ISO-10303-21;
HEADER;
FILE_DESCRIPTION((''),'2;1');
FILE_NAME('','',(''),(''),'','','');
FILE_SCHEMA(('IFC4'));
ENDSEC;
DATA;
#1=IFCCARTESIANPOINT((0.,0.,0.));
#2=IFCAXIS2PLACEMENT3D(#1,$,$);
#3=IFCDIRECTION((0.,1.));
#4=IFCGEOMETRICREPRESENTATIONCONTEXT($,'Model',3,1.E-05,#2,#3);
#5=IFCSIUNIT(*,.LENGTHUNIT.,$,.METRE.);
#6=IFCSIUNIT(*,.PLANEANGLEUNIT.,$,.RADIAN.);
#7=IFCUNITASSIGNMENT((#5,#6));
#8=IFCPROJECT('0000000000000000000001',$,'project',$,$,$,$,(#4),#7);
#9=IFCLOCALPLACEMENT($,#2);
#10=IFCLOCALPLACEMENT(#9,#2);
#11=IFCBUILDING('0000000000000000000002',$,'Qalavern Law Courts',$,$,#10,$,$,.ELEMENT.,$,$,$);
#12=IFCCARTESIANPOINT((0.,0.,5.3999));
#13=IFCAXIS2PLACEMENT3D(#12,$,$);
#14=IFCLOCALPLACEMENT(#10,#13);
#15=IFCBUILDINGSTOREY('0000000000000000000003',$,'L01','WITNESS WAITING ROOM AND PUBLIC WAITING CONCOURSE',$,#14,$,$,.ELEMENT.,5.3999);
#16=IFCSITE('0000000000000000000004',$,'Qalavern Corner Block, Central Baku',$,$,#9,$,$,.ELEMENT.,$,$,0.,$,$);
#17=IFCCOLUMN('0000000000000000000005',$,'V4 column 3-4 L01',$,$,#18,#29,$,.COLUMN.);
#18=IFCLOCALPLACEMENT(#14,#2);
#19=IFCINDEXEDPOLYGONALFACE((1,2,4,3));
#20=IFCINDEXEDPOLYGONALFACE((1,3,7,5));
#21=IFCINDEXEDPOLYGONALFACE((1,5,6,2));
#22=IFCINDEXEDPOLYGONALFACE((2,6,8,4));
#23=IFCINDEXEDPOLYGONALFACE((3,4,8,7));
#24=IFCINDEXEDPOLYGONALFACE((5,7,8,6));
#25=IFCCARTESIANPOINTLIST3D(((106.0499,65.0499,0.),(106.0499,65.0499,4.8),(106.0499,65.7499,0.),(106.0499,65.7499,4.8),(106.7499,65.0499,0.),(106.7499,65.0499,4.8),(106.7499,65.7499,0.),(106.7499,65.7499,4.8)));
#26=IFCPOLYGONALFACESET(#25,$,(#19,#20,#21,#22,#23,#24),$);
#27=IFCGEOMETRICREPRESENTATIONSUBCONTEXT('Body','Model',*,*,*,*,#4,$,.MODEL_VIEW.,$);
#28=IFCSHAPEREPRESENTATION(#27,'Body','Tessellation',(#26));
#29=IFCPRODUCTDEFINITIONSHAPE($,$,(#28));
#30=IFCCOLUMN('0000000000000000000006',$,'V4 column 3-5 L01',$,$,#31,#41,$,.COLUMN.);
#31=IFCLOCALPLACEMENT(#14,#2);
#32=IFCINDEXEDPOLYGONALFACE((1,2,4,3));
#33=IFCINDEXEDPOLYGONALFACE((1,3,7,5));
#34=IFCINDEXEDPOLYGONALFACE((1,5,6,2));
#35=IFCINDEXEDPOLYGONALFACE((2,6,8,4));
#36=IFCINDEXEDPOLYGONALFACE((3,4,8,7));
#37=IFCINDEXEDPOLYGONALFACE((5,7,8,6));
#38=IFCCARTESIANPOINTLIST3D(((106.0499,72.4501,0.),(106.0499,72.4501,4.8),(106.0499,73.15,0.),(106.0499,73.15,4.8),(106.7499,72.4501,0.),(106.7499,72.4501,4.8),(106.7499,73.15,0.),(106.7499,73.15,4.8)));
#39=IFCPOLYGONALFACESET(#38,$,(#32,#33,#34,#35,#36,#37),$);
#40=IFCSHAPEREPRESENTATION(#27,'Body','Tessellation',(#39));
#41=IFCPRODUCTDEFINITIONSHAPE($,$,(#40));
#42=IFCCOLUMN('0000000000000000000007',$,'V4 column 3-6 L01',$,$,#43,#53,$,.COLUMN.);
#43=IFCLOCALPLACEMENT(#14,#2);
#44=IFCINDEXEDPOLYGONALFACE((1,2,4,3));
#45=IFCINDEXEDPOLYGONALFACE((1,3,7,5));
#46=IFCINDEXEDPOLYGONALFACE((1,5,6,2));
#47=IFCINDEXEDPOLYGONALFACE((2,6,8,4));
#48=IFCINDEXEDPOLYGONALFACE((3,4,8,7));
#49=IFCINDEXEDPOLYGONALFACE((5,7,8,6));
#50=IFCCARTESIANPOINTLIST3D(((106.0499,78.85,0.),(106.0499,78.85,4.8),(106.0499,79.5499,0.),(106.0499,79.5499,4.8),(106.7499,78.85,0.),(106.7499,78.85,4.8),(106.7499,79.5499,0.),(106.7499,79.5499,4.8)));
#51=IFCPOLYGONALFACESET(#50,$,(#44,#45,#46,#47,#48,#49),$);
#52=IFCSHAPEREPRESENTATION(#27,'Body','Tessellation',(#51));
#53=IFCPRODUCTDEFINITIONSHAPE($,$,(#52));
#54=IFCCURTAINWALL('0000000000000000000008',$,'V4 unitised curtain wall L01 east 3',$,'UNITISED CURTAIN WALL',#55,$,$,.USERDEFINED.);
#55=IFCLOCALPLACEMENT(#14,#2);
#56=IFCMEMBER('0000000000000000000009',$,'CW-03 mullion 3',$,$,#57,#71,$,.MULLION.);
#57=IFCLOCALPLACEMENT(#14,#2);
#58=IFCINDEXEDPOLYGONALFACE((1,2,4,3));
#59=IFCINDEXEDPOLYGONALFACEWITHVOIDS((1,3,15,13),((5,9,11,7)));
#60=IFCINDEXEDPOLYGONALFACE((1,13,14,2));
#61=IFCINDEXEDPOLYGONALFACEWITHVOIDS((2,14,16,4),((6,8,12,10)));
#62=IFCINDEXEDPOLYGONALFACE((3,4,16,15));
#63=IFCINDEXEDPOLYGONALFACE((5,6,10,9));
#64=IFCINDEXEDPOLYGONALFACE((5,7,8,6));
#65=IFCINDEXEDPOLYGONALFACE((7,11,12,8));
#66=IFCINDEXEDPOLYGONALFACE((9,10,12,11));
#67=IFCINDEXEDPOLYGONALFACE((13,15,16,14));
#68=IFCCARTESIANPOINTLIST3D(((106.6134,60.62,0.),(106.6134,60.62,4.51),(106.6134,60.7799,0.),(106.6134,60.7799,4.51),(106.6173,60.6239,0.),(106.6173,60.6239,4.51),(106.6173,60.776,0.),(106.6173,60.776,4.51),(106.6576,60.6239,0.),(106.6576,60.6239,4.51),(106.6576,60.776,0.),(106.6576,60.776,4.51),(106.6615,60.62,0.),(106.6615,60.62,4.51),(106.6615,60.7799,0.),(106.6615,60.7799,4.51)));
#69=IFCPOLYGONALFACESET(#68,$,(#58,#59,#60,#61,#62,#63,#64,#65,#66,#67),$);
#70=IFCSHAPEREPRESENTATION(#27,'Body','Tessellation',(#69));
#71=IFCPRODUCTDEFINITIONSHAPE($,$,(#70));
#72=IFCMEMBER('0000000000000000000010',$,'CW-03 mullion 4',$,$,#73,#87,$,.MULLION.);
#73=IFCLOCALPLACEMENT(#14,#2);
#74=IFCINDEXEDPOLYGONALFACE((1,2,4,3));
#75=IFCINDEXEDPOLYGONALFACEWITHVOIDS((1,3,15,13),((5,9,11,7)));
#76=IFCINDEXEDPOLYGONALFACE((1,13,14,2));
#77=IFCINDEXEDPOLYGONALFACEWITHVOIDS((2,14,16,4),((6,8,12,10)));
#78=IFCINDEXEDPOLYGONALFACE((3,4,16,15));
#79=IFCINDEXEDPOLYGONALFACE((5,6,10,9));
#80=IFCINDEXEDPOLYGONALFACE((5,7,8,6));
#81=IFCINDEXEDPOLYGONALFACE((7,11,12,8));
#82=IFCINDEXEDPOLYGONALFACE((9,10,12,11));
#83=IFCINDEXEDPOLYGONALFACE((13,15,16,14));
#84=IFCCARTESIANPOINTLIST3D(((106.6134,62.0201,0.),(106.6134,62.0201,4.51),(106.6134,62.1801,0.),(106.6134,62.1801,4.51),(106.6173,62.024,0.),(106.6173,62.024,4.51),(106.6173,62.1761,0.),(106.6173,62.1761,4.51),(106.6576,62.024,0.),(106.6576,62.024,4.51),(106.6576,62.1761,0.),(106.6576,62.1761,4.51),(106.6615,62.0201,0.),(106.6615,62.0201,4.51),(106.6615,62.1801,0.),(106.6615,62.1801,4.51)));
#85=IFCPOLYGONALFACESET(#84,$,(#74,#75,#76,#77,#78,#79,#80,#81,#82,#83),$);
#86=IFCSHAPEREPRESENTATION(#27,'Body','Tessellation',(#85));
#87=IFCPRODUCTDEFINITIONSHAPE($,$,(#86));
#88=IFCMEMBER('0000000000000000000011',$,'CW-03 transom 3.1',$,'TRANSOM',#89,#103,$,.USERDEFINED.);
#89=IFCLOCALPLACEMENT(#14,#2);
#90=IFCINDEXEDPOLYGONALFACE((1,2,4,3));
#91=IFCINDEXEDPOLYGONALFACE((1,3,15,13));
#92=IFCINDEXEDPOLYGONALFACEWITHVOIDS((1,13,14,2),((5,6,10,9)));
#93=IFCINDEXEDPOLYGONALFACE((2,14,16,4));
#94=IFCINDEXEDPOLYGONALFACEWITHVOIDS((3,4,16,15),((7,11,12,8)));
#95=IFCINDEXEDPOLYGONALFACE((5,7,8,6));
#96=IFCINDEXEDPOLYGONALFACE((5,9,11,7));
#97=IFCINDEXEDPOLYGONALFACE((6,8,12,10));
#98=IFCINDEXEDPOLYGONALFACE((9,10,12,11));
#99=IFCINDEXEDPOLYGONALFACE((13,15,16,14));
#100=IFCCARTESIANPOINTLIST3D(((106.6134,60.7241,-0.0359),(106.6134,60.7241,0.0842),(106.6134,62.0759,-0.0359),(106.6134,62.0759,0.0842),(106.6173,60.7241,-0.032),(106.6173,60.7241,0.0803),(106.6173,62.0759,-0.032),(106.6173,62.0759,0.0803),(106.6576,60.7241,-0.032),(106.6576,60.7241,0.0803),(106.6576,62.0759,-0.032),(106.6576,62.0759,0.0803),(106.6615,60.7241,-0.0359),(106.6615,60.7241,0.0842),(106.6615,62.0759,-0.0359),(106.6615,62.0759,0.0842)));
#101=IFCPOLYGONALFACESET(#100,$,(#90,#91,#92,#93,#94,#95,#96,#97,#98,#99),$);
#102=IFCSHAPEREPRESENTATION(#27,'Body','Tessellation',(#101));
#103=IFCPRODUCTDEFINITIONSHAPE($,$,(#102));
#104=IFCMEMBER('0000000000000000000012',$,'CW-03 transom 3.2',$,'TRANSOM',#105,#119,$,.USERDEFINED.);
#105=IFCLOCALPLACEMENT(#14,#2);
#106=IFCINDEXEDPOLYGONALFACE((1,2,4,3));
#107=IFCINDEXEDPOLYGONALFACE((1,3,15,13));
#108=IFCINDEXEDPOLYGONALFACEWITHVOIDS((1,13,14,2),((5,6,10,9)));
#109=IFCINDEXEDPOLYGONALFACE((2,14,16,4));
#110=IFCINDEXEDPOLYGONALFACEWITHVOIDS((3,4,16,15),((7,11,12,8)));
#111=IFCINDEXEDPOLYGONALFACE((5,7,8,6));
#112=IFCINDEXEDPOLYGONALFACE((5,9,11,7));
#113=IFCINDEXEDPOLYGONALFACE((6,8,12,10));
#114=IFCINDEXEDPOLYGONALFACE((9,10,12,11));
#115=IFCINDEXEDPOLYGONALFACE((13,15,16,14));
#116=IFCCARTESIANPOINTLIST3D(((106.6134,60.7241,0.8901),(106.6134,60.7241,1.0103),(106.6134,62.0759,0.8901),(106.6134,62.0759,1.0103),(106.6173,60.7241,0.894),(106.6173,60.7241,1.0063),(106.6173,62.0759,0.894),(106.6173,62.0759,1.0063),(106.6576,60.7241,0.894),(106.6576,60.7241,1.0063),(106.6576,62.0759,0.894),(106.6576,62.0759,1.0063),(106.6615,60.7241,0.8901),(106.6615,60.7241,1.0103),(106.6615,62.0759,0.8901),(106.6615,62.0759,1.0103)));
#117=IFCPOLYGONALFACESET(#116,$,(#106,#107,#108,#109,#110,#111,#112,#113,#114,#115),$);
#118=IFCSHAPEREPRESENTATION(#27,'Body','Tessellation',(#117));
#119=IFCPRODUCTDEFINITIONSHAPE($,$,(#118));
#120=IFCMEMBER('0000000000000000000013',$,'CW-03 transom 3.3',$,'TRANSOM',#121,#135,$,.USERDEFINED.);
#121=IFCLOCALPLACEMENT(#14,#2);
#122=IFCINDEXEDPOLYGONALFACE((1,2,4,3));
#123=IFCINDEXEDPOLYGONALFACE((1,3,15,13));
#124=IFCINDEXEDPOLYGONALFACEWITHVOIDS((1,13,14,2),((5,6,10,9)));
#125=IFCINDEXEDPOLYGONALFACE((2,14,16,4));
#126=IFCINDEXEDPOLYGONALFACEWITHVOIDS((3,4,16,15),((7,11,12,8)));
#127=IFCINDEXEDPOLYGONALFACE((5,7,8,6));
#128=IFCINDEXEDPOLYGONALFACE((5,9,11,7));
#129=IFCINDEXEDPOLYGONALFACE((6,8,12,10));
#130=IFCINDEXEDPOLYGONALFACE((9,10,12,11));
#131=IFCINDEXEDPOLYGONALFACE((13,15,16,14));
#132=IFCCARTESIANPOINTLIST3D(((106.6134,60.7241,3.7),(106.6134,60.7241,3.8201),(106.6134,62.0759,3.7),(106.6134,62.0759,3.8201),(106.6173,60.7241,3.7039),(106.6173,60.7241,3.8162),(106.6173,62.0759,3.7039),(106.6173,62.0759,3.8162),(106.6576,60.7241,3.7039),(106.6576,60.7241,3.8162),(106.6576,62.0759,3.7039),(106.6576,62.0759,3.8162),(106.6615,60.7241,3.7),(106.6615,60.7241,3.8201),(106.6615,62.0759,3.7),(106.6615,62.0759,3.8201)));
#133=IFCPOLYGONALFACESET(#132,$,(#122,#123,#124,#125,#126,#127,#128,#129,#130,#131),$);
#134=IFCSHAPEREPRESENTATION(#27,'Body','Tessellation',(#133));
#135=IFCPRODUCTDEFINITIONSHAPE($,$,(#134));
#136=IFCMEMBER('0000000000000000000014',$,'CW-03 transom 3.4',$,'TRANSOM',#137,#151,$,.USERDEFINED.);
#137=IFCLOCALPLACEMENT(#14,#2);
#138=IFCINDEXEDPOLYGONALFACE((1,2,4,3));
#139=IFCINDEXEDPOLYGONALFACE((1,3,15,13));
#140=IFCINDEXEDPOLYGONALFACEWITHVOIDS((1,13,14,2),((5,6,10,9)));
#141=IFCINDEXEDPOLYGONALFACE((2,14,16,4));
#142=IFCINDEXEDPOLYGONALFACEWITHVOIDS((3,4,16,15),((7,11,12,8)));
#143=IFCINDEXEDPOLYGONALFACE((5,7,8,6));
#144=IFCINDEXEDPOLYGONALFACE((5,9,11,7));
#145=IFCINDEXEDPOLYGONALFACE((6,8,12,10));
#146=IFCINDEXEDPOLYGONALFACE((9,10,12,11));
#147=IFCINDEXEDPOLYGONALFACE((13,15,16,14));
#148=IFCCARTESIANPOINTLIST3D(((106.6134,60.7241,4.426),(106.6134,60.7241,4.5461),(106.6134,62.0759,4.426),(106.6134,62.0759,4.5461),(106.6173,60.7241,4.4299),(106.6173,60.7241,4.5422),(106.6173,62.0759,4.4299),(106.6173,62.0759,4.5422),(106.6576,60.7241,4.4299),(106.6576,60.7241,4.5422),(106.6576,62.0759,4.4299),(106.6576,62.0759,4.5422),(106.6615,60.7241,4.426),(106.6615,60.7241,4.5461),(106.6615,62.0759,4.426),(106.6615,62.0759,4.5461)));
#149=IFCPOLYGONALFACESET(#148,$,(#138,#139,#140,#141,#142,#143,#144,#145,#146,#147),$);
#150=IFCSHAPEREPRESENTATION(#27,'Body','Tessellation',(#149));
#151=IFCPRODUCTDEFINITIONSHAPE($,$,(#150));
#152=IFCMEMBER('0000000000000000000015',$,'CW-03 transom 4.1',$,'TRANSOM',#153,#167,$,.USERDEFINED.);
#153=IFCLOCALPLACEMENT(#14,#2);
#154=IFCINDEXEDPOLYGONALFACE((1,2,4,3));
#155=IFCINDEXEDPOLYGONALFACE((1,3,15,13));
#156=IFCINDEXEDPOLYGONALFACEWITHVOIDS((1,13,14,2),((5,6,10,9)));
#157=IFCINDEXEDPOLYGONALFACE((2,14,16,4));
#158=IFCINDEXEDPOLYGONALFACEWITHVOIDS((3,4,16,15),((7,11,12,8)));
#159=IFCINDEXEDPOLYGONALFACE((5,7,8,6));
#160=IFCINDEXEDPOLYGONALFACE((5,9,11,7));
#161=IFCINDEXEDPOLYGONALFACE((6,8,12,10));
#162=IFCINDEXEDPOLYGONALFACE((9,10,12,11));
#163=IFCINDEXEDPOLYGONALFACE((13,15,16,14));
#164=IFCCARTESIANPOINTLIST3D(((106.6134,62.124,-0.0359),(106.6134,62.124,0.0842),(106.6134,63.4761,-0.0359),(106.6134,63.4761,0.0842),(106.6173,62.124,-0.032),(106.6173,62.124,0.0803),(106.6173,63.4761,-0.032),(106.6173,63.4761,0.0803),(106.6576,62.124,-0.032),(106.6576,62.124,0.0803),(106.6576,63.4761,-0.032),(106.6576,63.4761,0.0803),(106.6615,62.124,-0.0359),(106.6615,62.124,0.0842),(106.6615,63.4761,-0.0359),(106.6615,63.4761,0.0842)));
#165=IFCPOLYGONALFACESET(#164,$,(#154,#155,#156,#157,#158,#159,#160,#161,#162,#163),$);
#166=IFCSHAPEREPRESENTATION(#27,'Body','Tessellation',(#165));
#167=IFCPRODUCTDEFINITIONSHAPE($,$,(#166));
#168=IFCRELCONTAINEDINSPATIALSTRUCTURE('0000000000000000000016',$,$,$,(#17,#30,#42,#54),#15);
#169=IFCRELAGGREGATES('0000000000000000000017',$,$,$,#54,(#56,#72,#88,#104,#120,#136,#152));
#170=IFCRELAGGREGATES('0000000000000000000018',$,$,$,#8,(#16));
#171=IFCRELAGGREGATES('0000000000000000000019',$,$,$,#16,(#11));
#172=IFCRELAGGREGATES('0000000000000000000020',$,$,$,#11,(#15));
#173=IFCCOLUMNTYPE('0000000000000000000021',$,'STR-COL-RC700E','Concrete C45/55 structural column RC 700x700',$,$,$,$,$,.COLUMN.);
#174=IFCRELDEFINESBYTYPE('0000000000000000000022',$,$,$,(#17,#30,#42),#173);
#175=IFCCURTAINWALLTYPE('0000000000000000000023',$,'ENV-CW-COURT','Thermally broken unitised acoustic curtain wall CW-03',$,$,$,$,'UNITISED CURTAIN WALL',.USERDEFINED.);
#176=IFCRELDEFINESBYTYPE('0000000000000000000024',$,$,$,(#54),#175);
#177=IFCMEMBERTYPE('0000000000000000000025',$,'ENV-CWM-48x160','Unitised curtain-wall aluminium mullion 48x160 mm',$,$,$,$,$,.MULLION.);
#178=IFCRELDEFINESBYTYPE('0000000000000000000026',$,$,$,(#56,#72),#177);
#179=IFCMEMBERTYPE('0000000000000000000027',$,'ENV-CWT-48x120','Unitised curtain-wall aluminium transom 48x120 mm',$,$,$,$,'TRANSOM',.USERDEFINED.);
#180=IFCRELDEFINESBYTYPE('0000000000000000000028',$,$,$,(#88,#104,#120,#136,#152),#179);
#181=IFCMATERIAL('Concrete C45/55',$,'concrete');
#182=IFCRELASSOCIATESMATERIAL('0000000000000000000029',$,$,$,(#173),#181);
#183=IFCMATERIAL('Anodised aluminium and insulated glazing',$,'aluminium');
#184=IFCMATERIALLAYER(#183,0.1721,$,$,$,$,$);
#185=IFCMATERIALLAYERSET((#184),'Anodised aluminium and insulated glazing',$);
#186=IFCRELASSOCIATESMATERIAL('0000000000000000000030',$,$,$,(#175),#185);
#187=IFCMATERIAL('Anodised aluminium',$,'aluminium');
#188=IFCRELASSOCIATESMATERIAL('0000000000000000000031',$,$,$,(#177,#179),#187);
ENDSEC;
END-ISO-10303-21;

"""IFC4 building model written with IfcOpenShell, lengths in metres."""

from ifc_helpers import new_model, si_unit, direction, frame, origin, origin_2d, place, context, subcontext, project, spatial, rectangle, hollow_rectangle, extrude, material, layer, layer_set, material_profile, profile_set, type_object, element, aggregate, save


model = new_model("IFC4")

# Units and contexts
model_context = context("Model", 3, precision=1e-05, world=origin(), true_north=direction((0.0, 1.0)))
body_context = subcontext(model_context, "Body", "Model", "MODEL_VIEW")
ifc_project = project(units=[si_unit("LENGTHUNIT", "METRE"), si_unit("PLANEANGLEUNIT", "RADIAN")], contexts=[model_context])

# Site, building, storey
site_placement = place(None, origin())
site = spatial("IfcSite", under=ifc_project, at=site_placement, Name="Qalavern Corner Block, Central Baku", CompositionType="ELEMENT", RefElevation=0.0)
building_placement = place(site_placement, origin())
building = spatial("IfcBuilding", under=site, at=building_placement, Name="Qalavern Law Courts", CompositionType="ELEMENT")
storey_placement = place(building_placement, frame((0.0, 0.0, 5.3999)))
storey = spatial("IfcBuildingStorey", under=building, at=storey_placement, Name="L01", Description="WITNESS WAITING ROOM AND PUBLIC WAITING CONCOURSE", CompositionType="ELEMENT", Elevation=5.3999)

# Columns
ifc_material_1 = material(Name="Concrete C45/55", Category="concrete")
ifc_material_profile_1 = material_profile(ifc_material_1, rectangle(XDim=0.7, YDim=0.7, at=origin_2d()), Name="RC 700x700")
ifc_profile_set_1 = profile_set([ifc_material_profile_1], Name="Concrete C45/55")
column_type = type_object("IfcColumnType", Name="STR-COL-RC700E", Description="Concrete C45/55 structural column RC 700x700", PredefinedType="COLUMN", material=ifc_profile_set_1)
for number, where, z_axis, x_axis, name in (
    (1, (106.3999, 65.3999, 0.0), (0.0, 0.0, 1.0), (1.0, 0.0, 0.0), "V4 column 3-4 L01"),
    (2, (106.3999, 72.8, 0.0), (0.0, 0.0, 1.0), (1.0, 0.0, 0.0), "V4 column 3-5 L01"),
    (3, (106.3999, 79.2, 0.0), (0.0, 0.0, 1.0), (1.0, 0.0, 0.0), "V4 column 3-6 L01"),
):
    element("IfcColumn", number, at=place(storey_placement, frame(where, z_axis=z_axis, x_axis=x_axis)), inside=storey, type_object=column_type, Name=name, PredefinedType="COLUMN", context=body_context, shape_type="SweptSolid", body=[
        extrude(rectangle(XDim=0.7, YDim=0.7, at=origin_2d()), origin(), (0.0, 0.0, 1.0), 4.8),
    ])

# Curtain wall, members
ifc_material_2 = material(Name="Anodised aluminium and insulated glazing", Category="aluminium")
ifc_layer_1 = layer(ifc_material_2, 0.1721)
ifc_layer_set_1 = layer_set([ifc_layer_1], Name="Anodised aluminium and insulated glazing")
curtain_wall_type = type_object("IfcCurtainWallType", Name="ENV-CW-COURT", Description="Thermally broken unitised acoustic curtain wall CW-03", ElementType="UNITISED CURTAIN WALL", PredefinedType="USERDEFINED", material=ifc_layer_set_1)
curtain_wall_placement = place(storey_placement, origin())
curtain_wall = element("IfcCurtainWall", 4, at=curtain_wall_placement, inside=storey, type_object=curtain_wall_type, Name="V4 unitised curtain wall L01 east 3", ObjectType="UNITISED CURTAIN WALL", PredefinedType="USERDEFINED")
ifc_material_3 = material(Name="Anodised aluminium", Category="aluminium")
ifc_material_profile_2 = material_profile(ifc_material_3, hollow_rectangle(XDim=0.0481, YDim=0.1599, WallThickness=0.0039, at=origin_2d()), Name="ALU MULLION 48x160")
ifc_profile_set_2 = profile_set([ifc_material_profile_2], Name="Anodised aluminium")
member_type_1 = type_object("IfcMemberType", Name="ENV-CWM-48x160", Description="Unitised curtain-wall aluminium mullion 48x160 mm", PredefinedType="MULLION", material=ifc_profile_set_2)
member_1_placement = place(storey_placement, frame((106.6375, 60.7, 0.0), z_axis=(0.0, 0.0, 1.0), x_axis=(-1.0, 0.0, 0.0)))
member_1 = element("IfcMember", 5, at=member_1_placement, type_object=member_type_1, Name="CW-03 mullion 3", PredefinedType="MULLION", context=body_context, shape_type="SweptSolid", body=[
    extrude(hollow_rectangle(XDim=0.0481, YDim=0.1599, WallThickness=0.0039, at=origin_2d()), origin(), (0.0, 0.0, 1.0), 4.51),
])
member_2_placement = place(storey_placement, frame((106.6375, 62.1001, 0.0), z_axis=(0.0, 0.0, 1.0), x_axis=(-1.0, 0.0, 0.0)))
member_2 = element("IfcMember", 6, at=member_2_placement, type_object=member_type_1, Name="CW-03 mullion 4", PredefinedType="MULLION", context=body_context, shape_type="SweptSolid", body=[
    extrude(hollow_rectangle(XDim=0.0481, YDim=0.1599, WallThickness=0.0039, at=origin_2d()), origin(), (0.0, 0.0, 1.0), 4.51),
])
ifc_material_profile_3 = material_profile(ifc_material_3, hollow_rectangle(XDim=0.0481, YDim=0.1201, WallThickness=0.0039, at=origin_2d()), Name="ALU TRANSOM 48x120")
ifc_profile_set_3 = profile_set([ifc_material_profile_3], Name="Anodised aluminium")
member_type_2 = type_object("IfcMemberType", Name="ENV-CWT-48x120", Description="Unitised curtain-wall aluminium transom 48x120 mm", ElementType="TRANSOM", PredefinedType="USERDEFINED", material=ifc_profile_set_3)
member_3_placement = place(storey_placement, frame((106.6375, 60.7241, 0.0242), z_axis=(0.0, 1.0, 0.0), x_axis=(-1.0, 0.0, 0.0)))
member_3 = element("IfcMember", 7, at=member_3_placement, type_object=member_type_2, Name="CW-03 transom 3.1", ObjectType="TRANSOM", PredefinedType="USERDEFINED", context=body_context, shape_type="SweptSolid", body=[
    extrude(hollow_rectangle(XDim=0.0481, YDim=0.1201, WallThickness=0.0039, at=origin_2d()), origin(), (0.0, 0.0, 1.0), 1.3518),
])
member_4_placement = place(storey_placement, frame((106.6375, 60.7241, 0.9502), z_axis=(0.0, 1.0, 0.0), x_axis=(-1.0, 0.0, 0.0)))
member_4 = element("IfcMember", 8, at=member_4_placement, type_object=member_type_2, Name="CW-03 transom 3.2", ObjectType="TRANSOM", PredefinedType="USERDEFINED", context=body_context, shape_type="SweptSolid", body=[
    extrude(hollow_rectangle(XDim=0.0481, YDim=0.1201, WallThickness=0.0039, at=origin_2d()), origin(), (0.0, 0.0, 1.0), 1.3518),
])
member_5_placement = place(storey_placement, frame((106.6375, 60.7241, 3.76), z_axis=(0.0, 1.0, 0.0), x_axis=(-1.0, 0.0, 0.0)))
member_5 = element("IfcMember", 9, at=member_5_placement, type_object=member_type_2, Name="CW-03 transom 3.3", ObjectType="TRANSOM", PredefinedType="USERDEFINED", context=body_context, shape_type="SweptSolid", body=[
    extrude(hollow_rectangle(XDim=0.0481, YDim=0.1201, WallThickness=0.0039, at=origin_2d()), origin(), (0.0, 0.0, 1.0), 1.3518),
])
member_6_placement = place(storey_placement, frame((106.6375, 60.7241, 4.4861), z_axis=(0.0, 1.0, 0.0), x_axis=(-1.0, 0.0, 0.0)))
member_6 = element("IfcMember", 10, at=member_6_placement, type_object=member_type_2, Name="CW-03 transom 3.4", ObjectType="TRANSOM", PredefinedType="USERDEFINED", context=body_context, shape_type="SweptSolid", body=[
    extrude(hollow_rectangle(XDim=0.0481, YDim=0.1201, WallThickness=0.0039, at=origin_2d()), origin(), (0.0, 0.0, 1.0), 1.3518),
])
member_7_placement = place(storey_placement, frame((106.6375, 62.124, 0.0242), z_axis=(0.0, 1.0, 0.0), x_axis=(-1.0, 0.0, 0.0)))
member_7 = element("IfcMember", 11, at=member_7_placement, type_object=member_type_2, Name="CW-03 transom 4.1", ObjectType="TRANSOM", PredefinedType="USERDEFINED", context=body_context, shape_type="SweptSolid", body=[
    extrude(hollow_rectangle(XDim=0.0481, YDim=0.1201, WallThickness=0.0039, at=origin_2d()), origin(), (0.0, 0.0, 1.0), 1.3521),
])

aggregate(curtain_wall, [member_1, member_2, member_3, member_4, member_5, member_6, member_7])

save(model, "model.ifc")
